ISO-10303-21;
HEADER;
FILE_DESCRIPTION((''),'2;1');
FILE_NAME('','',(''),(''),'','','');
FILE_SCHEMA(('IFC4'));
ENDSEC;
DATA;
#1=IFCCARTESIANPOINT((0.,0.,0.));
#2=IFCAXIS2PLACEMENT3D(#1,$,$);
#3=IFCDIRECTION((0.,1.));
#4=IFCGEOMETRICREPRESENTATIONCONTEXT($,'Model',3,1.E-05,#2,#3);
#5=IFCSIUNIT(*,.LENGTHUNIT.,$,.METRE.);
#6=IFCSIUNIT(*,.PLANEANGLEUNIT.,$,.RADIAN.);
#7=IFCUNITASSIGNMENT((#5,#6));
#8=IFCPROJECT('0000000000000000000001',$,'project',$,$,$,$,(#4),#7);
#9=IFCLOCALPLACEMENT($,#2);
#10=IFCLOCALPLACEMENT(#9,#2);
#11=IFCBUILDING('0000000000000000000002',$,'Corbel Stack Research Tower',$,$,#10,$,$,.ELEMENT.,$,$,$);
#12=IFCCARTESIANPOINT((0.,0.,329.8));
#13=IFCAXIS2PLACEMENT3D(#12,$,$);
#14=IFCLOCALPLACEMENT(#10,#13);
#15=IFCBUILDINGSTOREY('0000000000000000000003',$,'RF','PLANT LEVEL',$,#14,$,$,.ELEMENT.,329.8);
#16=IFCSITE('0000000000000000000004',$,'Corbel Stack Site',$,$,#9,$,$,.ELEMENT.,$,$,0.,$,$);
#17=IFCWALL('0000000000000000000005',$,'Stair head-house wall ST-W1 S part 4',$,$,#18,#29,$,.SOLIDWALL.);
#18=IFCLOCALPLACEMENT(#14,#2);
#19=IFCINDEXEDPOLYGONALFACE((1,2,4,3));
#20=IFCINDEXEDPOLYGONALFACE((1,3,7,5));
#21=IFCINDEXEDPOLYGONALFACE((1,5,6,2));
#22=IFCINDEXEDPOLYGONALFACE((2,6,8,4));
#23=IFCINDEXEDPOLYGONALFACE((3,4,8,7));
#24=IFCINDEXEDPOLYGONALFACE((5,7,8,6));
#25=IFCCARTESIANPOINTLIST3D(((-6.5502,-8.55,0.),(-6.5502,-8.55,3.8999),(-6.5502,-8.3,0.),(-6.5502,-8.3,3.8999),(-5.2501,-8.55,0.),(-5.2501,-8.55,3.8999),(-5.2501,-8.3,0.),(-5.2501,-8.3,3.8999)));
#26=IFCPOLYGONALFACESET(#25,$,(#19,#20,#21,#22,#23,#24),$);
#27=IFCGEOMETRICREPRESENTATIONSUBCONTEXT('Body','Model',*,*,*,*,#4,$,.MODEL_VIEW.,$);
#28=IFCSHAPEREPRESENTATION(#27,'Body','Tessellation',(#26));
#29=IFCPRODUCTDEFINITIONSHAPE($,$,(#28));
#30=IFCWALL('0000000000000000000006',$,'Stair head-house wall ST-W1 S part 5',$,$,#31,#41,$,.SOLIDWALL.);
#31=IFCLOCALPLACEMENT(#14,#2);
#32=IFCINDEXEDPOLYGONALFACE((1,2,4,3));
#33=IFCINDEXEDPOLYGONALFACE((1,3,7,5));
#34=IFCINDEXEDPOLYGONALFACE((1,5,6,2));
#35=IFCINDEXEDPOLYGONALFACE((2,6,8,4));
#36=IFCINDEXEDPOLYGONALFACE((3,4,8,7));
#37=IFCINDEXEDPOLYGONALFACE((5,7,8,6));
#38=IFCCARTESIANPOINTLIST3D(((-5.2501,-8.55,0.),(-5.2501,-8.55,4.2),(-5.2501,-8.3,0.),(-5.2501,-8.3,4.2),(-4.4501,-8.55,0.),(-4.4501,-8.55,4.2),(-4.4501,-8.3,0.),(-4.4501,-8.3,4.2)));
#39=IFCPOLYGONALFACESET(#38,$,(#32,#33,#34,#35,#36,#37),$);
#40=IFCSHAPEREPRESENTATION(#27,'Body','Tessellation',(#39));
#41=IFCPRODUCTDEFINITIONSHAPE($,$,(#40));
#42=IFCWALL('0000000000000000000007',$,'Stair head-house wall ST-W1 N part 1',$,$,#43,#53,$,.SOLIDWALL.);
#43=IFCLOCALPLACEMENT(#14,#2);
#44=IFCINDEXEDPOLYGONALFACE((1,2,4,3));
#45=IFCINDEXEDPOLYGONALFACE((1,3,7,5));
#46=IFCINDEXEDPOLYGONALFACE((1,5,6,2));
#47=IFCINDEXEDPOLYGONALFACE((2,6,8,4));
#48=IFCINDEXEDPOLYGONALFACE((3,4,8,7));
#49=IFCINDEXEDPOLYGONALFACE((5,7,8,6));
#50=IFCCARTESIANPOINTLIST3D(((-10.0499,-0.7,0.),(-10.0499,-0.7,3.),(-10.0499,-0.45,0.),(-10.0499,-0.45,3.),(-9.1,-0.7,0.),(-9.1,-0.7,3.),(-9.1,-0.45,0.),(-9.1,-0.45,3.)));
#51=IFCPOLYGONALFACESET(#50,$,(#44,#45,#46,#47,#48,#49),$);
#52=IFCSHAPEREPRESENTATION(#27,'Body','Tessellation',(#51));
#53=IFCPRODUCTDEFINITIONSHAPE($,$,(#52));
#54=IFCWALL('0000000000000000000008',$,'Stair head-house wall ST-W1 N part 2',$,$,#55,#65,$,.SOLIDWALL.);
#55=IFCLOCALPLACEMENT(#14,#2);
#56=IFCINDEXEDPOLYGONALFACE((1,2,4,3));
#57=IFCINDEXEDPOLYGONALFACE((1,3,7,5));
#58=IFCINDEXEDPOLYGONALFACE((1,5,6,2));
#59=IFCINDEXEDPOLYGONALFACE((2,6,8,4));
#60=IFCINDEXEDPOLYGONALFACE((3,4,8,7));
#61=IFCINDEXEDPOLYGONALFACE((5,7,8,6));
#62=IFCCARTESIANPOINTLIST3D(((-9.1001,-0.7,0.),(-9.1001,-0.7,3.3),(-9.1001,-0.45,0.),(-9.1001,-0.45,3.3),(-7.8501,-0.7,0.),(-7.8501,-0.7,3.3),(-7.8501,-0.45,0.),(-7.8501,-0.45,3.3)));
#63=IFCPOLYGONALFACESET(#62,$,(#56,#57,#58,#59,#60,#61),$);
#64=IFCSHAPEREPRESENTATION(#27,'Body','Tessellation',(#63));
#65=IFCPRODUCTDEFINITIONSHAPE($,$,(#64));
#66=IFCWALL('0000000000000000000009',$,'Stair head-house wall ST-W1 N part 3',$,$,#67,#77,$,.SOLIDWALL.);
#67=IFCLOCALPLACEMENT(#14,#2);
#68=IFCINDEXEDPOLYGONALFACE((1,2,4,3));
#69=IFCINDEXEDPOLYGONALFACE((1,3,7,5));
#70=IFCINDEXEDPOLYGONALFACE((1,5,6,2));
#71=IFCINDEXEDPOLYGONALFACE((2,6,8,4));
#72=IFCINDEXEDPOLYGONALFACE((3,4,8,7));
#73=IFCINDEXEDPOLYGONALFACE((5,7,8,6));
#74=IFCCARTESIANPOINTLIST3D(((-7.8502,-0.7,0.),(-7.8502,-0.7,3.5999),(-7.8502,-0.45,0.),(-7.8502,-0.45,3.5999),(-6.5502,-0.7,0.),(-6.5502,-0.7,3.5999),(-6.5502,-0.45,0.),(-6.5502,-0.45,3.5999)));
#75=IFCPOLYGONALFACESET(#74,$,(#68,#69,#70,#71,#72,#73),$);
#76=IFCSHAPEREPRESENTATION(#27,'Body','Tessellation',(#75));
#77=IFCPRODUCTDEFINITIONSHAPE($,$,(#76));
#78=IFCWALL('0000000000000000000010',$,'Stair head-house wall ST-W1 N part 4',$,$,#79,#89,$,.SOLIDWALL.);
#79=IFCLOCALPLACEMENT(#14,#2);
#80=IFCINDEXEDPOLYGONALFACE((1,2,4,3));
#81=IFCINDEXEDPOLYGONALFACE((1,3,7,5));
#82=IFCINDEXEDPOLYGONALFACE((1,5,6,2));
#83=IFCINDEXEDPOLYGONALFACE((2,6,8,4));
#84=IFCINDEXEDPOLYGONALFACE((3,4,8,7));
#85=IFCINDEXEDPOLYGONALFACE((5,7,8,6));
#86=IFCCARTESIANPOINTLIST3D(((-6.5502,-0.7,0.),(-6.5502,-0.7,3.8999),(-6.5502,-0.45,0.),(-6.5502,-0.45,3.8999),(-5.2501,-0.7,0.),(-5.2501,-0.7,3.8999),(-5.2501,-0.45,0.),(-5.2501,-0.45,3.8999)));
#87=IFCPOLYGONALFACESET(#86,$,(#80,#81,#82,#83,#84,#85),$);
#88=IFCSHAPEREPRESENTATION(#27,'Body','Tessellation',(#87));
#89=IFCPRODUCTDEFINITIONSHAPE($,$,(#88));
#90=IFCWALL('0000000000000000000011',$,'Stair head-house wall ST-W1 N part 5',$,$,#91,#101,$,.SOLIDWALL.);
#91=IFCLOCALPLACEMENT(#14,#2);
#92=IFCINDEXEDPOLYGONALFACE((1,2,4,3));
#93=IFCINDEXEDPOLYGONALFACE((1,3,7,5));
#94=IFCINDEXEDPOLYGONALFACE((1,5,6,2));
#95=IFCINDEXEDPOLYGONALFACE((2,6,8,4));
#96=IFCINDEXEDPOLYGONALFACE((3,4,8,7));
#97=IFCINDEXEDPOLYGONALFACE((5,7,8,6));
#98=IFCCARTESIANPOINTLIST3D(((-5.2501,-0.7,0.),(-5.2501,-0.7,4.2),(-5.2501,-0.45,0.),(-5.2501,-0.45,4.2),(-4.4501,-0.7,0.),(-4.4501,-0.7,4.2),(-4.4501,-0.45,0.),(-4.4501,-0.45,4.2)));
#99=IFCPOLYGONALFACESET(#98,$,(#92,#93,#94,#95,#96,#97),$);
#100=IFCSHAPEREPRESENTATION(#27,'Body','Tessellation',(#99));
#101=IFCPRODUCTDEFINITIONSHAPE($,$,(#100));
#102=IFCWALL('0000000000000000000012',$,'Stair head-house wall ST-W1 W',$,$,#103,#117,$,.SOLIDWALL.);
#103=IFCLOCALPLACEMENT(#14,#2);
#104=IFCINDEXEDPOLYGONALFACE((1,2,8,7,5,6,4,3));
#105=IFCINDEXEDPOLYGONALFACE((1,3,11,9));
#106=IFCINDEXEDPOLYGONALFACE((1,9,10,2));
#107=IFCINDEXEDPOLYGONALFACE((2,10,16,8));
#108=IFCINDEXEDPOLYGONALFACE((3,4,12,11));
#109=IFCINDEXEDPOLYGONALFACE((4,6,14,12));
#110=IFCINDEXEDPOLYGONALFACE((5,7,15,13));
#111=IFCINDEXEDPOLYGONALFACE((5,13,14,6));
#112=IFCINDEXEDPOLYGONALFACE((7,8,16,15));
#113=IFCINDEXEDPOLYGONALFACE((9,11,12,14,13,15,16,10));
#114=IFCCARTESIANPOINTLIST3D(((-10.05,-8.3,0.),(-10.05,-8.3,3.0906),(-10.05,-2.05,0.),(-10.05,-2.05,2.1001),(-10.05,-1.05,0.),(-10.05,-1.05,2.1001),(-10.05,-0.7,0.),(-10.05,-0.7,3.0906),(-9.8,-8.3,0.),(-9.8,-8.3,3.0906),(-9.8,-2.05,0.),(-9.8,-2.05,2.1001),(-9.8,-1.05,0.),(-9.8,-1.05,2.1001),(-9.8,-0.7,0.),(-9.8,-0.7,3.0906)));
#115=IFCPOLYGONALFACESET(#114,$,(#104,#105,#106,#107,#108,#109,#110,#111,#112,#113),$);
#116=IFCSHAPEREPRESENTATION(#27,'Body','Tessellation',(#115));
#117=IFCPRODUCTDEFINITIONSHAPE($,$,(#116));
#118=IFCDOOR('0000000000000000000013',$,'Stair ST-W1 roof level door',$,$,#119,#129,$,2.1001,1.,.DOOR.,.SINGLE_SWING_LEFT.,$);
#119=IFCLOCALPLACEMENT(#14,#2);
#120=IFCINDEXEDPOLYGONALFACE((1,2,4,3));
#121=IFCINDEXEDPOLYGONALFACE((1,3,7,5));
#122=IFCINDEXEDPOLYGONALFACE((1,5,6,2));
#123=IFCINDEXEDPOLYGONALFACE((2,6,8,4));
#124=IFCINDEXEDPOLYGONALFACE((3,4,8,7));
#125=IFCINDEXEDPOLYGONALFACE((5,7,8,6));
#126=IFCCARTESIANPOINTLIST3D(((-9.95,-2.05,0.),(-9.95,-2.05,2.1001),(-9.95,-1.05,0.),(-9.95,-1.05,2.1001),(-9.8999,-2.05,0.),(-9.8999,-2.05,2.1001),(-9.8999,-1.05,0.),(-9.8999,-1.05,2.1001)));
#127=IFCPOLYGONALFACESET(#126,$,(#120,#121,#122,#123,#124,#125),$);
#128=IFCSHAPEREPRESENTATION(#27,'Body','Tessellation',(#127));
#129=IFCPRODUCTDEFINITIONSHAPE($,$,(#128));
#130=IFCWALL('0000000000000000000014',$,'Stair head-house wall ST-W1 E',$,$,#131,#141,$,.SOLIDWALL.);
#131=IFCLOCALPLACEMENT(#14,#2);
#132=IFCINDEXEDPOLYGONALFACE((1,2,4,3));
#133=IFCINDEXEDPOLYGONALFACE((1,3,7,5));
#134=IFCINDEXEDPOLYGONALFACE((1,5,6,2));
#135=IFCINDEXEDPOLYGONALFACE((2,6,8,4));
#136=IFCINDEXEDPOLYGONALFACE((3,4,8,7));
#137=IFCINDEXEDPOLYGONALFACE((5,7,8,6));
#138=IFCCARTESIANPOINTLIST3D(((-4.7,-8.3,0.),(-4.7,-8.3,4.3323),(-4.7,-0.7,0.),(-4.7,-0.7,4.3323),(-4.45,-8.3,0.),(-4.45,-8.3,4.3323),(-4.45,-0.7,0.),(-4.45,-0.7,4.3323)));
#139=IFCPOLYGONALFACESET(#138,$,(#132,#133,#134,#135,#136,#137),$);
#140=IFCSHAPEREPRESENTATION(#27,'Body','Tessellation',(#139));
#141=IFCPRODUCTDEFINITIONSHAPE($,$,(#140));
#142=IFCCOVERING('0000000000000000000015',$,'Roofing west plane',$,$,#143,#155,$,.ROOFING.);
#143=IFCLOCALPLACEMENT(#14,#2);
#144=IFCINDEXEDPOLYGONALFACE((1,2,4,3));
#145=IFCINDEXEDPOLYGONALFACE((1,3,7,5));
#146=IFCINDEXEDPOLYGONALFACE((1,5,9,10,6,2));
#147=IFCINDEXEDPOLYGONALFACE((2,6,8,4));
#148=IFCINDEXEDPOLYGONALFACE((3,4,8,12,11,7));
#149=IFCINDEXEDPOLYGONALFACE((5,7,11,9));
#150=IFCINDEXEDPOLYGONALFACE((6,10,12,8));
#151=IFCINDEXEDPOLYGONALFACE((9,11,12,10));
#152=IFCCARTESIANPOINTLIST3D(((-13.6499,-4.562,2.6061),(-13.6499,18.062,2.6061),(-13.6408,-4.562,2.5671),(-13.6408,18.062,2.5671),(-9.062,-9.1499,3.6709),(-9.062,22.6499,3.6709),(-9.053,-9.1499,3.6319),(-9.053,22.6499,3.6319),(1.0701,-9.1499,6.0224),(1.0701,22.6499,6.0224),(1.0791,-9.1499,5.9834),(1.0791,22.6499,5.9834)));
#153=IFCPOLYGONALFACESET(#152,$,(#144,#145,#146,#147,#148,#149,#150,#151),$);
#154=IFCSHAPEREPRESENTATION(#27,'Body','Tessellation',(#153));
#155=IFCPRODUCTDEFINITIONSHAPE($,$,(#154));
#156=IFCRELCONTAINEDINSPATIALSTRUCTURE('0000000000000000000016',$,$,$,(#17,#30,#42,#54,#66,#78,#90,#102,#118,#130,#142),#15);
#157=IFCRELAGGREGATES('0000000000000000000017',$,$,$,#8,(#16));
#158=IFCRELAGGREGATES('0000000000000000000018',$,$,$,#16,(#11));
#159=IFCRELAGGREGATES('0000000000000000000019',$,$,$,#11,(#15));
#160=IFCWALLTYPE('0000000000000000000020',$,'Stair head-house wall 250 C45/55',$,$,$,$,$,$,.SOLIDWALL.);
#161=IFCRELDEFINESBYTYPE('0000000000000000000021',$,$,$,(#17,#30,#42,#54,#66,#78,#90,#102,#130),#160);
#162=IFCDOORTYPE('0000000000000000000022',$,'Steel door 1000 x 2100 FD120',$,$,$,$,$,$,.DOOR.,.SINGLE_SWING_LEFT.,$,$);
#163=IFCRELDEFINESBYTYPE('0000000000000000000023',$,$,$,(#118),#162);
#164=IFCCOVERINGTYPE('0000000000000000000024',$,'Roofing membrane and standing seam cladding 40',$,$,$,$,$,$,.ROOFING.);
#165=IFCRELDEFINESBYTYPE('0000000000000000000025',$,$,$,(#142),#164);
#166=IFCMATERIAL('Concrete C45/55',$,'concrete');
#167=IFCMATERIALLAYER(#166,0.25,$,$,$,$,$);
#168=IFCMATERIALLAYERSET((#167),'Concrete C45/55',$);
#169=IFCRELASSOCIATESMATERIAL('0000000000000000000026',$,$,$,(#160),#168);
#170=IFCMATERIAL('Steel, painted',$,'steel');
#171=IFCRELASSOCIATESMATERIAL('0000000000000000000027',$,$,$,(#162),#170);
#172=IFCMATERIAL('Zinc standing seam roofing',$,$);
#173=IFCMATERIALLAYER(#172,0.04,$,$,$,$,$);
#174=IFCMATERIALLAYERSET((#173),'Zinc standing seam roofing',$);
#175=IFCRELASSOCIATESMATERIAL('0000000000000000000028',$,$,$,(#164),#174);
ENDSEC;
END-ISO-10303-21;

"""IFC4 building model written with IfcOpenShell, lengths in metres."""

from ifc_helpers import new_model, si_unit, direction, frame, frame_2d, origin, place, context, subcontext, project, spatial, polyline, rectangle, outline, extrude, material, layer, layer_set, type_object, element, fill, save


model = new_model("IFC4")

# Units and contexts
model_context = context("Model", 3, precision=1e-05, world=origin(), true_north=direction((0.0, 1.0)))
body_context = subcontext(model_context, "Body", "Model", "MODEL_VIEW")
ifc_project = project(units=[si_unit("LENGTHUNIT", "METRE"), si_unit("PLANEANGLEUNIT", "RADIAN")], contexts=[model_context])

# Site, building, storey
site_placement = place(None, origin())
site = spatial("IfcSite", under=ifc_project, at=site_placement, Name="Corbel Stack Site", CompositionType="ELEMENT", RefElevation=0.0)
building_placement = place(site_placement, origin())
building = spatial("IfcBuilding", under=site, at=building_placement, Name="Corbel Stack Research Tower", CompositionType="ELEMENT")
storey_placement = place(building_placement, frame((0.0, 0.0, 329.8)))
storey = spatial("IfcBuildingStorey", under=building, at=storey_placement, Name="RF", Description="PLANT LEVEL", CompositionType="ELEMENT", Elevation=329.8)

# Walls
ifc_material_1 = material(Name="Concrete C45/55", Category="concrete")
ifc_layer_1 = layer(ifc_material_1, 0.25)
ifc_layer_set_1 = layer_set([ifc_layer_1], Name="Concrete C45/55")
wall_type_1 = type_object("IfcWallType", Name="Stair head-house wall 250 C45/55", PredefinedType="SOLIDWALL", material=ifc_layer_set_1)
wall_1_placement = place(storey_placement, frame((-6.55, -8.425, 0.0), z_axis=(0.0, 0.0, 1.0), x_axis=(1.0, 0.0, 0.0)))
element("IfcWall", 1, at=wall_1_placement, inside=storey, type_object=wall_type_1, Name="Stair head-house wall ST-W1 S part 4", PredefinedType="SOLIDWALL", context=body_context, shape_type="SweptSolid", body=[
    extrude(rectangle(XDim=1.3, YDim=0.25, at=frame_2d((0.6499, 0.0))), origin(), (0.0, 0.0, 1.0), 3.8999),
])
wall_2_placement = place(storey_placement, frame((-5.25, -8.425, 0.0), z_axis=(0.0, 0.0, 1.0), x_axis=(1.0, 0.0, 0.0)))
element("IfcWall", 2, at=wall_2_placement, inside=storey, type_object=wall_type_1, Name="Stair head-house wall ST-W1 S part 5", PredefinedType="SOLIDWALL", context=body_context, shape_type="SweptSolid", body=[
    extrude(rectangle(XDim=0.8, YDim=0.25, at=frame_2d((0.3999, 0.0))), origin(), (0.0, 0.0, 1.0), 4.2),
])
wall_3_placement = place(storey_placement, frame((-10.05, -0.575, 0.0), z_axis=(0.0, 0.0, 1.0), x_axis=(1.0, 0.0, 0.0)))
element("IfcWall", 3, at=wall_3_placement, inside=storey, type_object=wall_type_1, Name="Stair head-house wall ST-W1 N part 1", PredefinedType="SOLIDWALL", context=body_context, shape_type="SweptSolid", body=[
    extrude(rectangle(XDim=0.95, YDim=0.25, at=frame_2d((0.4751, 0.0))), origin(), (0.0, 0.0, 1.0), 3.0),
])
wall_4_placement = place(storey_placement, frame((-9.1001, -0.575, 0.0), z_axis=(0.0, 0.0, 1.0), x_axis=(1.0, 0.0, 0.0)))
element("IfcWall", 4, at=wall_4_placement, inside=storey, type_object=wall_type_1, Name="Stair head-house wall ST-W1 N part 2", PredefinedType="SOLIDWALL", context=body_context, shape_type="SweptSolid", body=[
    extrude(rectangle(XDim=1.25, YDim=0.25, at=frame_2d((0.625, 0.0))), origin(), (0.0, 0.0, 1.0), 3.3),
])
wall_5_placement = place(storey_placement, frame((-7.8501, -0.575, 0.0), z_axis=(0.0, 0.0, 1.0), x_axis=(1.0, 0.0, 0.0)))
element("IfcWall", 5, at=wall_5_placement, inside=storey, type_object=wall_type_1, Name="Stair head-house wall ST-W1 N part 3", PredefinedType="SOLIDWALL", context=body_context, shape_type="SweptSolid", body=[
    extrude(rectangle(XDim=1.3, YDim=0.25, at=frame_2d((0.6499, 0.0))), origin(), (0.0, 0.0, 1.0), 3.5999),
])
wall_6_placement = place(storey_placement, frame((-6.55, -0.575, 0.0), z_axis=(0.0, 0.0, 1.0), x_axis=(1.0, 0.0, 0.0)))
element("IfcWall", 6, at=wall_6_placement, inside=storey, type_object=wall_type_1, Name="Stair head-house wall ST-W1 N part 4", PredefinedType="SOLIDWALL", context=body_context, shape_type="SweptSolid", body=[
    extrude(rectangle(XDim=1.3, YDim=0.25, at=frame_2d((0.6499, 0.0))), origin(), (0.0, 0.0, 1.0), 3.8999),
])
wall_7_placement = place(storey_placement, frame((-5.25, -0.575, 0.0), z_axis=(0.0, 0.0, 1.0), x_axis=(1.0, 0.0, 0.0)))
element("IfcWall", 7, at=wall_7_placement, inside=storey, type_object=wall_type_1, Name="Stair head-house wall ST-W1 N part 5", PredefinedType="SOLIDWALL", context=body_context, shape_type="SweptSolid", body=[
    extrude(rectangle(XDim=0.8, YDim=0.25, at=frame_2d((0.3999, 0.0))), origin(), (0.0, 0.0, 1.0), 4.2),
])

# Wall, opening, door
wall_8_placement = place(storey_placement, frame((-9.925, -8.3, 0.0), z_axis=(0.0, 0.0, 1.0), x_axis=(0.0, 1.0, 0.0)))
wall_8 = element("IfcWall", 8, at=wall_8_placement, inside=storey, type_object=wall_type_1, Name="Stair head-house wall ST-W1 W", PredefinedType="SOLIDWALL", context=body_context, shape_type="SweptSolid", body=[
    extrude(rectangle(XDim=7.6001, YDim=0.25, at=frame_2d((3.8, 0.0))), origin(), (0.0, 0.0, 1.0), 3.0906),
])
opening_placement = place(wall_8_placement, frame((6.25, 0.0, 0.0)))
opening = element("IfcOpeningElement", 9, at=opening_placement, cuts=wall_8, PredefinedType="OPENING", context=body_context, shape_type="SweptSolid", body=[
    extrude(rectangle(XDim=1.0, YDim=2.1001, at=frame_2d((0.5, 1.05))), frame((0.0, 0.135, 0.0), z_axis=(0.0, -1.0, 0.0), x_axis=(1.0, 0.0, 0.0)), (0.0, 0.0, 1.0), 0.27),
])
ifc_material_2 = material(Name="Steel, painted", Category="steel")
door_type = type_object("IfcDoorType", Name="Steel door 1000 x 2100 FD120", OperationType="SINGLE_SWING_LEFT", PredefinedType="DOOR", material=ifc_material_2)
door_placement = place(opening_placement, origin())
door = element("IfcDoor", 10, at=door_placement, inside=storey, type_object=door_type, Name="Stair ST-W1 roof level door", OperationType="SINGLE_SWING_LEFT", OverallHeight=2.1001, OverallWidth=1.0, PredefinedType="DOOR", context=body_context, shape_type="SweptSolid", body=[
    extrude(rectangle(XDim=1.0, YDim=2.1001, at=frame_2d((0.5, 1.05))), frame((0.0, 0.0249, 0.0), z_axis=(0.0, -1.0, 0.0), x_axis=(1.0, 0.0, 0.0)), (0.0, 0.0, 1.0), 0.05),
])
fill(opening, door)

# Wall
wall_9_placement = place(storey_placement, frame((-4.575, -8.3, 0.0), z_axis=(0.0, 0.0, 1.0), x_axis=(0.0, 1.0, 0.0)))
element("IfcWall", 11, at=wall_9_placement, inside=storey, type_object=wall_type_1, Name="Stair head-house wall ST-W1 E", PredefinedType="SOLIDWALL", context=body_context, shape_type="SweptSolid", body=[
    extrude(rectangle(XDim=7.6001, YDim=0.25, at=frame_2d((3.8, 0.0))), origin(), (0.0, 0.0, 1.0), 4.3323),
])

# Covering
ifc_material_3 = material(Name="Zinc standing seam roofing")
ifc_layer_2 = layer(ifc_material_3, 0.04)
ifc_layer_set_2 = layer_set([ifc_layer_2], Name="Zinc standing seam roofing")
covering_type = type_object("IfcCoveringType", Name="Roofing membrane and standing seam cladding 40", PredefinedType="ROOFING", material=ifc_layer_set_2)
covering_placement = place(storey_placement, frame((-9.062, -9.1499, 3.6709), z_axis=(-0.226075, 0.0, 0.97411), x_axis=(0.97411, 0.0, 0.226075)))
element("IfcCovering", 12, at=covering_placement, inside=storey, type_object=covering_type, Name="Roofing west plane", PredefinedType="ROOFING", context=body_context, shape_type="SweptSolid", body=[
    extrude(outline(polyline([(0.0, 0.0), (10.4014, 0.0), (10.4014, 31.7998), (0.0, 31.7998), (-4.7098, 27.2119), (-4.7098, 4.5879), (0.0, 0.0)])), origin(), (0.0, 0.0, -1.0), 0.04),
])

save(model, "model.ifc")
